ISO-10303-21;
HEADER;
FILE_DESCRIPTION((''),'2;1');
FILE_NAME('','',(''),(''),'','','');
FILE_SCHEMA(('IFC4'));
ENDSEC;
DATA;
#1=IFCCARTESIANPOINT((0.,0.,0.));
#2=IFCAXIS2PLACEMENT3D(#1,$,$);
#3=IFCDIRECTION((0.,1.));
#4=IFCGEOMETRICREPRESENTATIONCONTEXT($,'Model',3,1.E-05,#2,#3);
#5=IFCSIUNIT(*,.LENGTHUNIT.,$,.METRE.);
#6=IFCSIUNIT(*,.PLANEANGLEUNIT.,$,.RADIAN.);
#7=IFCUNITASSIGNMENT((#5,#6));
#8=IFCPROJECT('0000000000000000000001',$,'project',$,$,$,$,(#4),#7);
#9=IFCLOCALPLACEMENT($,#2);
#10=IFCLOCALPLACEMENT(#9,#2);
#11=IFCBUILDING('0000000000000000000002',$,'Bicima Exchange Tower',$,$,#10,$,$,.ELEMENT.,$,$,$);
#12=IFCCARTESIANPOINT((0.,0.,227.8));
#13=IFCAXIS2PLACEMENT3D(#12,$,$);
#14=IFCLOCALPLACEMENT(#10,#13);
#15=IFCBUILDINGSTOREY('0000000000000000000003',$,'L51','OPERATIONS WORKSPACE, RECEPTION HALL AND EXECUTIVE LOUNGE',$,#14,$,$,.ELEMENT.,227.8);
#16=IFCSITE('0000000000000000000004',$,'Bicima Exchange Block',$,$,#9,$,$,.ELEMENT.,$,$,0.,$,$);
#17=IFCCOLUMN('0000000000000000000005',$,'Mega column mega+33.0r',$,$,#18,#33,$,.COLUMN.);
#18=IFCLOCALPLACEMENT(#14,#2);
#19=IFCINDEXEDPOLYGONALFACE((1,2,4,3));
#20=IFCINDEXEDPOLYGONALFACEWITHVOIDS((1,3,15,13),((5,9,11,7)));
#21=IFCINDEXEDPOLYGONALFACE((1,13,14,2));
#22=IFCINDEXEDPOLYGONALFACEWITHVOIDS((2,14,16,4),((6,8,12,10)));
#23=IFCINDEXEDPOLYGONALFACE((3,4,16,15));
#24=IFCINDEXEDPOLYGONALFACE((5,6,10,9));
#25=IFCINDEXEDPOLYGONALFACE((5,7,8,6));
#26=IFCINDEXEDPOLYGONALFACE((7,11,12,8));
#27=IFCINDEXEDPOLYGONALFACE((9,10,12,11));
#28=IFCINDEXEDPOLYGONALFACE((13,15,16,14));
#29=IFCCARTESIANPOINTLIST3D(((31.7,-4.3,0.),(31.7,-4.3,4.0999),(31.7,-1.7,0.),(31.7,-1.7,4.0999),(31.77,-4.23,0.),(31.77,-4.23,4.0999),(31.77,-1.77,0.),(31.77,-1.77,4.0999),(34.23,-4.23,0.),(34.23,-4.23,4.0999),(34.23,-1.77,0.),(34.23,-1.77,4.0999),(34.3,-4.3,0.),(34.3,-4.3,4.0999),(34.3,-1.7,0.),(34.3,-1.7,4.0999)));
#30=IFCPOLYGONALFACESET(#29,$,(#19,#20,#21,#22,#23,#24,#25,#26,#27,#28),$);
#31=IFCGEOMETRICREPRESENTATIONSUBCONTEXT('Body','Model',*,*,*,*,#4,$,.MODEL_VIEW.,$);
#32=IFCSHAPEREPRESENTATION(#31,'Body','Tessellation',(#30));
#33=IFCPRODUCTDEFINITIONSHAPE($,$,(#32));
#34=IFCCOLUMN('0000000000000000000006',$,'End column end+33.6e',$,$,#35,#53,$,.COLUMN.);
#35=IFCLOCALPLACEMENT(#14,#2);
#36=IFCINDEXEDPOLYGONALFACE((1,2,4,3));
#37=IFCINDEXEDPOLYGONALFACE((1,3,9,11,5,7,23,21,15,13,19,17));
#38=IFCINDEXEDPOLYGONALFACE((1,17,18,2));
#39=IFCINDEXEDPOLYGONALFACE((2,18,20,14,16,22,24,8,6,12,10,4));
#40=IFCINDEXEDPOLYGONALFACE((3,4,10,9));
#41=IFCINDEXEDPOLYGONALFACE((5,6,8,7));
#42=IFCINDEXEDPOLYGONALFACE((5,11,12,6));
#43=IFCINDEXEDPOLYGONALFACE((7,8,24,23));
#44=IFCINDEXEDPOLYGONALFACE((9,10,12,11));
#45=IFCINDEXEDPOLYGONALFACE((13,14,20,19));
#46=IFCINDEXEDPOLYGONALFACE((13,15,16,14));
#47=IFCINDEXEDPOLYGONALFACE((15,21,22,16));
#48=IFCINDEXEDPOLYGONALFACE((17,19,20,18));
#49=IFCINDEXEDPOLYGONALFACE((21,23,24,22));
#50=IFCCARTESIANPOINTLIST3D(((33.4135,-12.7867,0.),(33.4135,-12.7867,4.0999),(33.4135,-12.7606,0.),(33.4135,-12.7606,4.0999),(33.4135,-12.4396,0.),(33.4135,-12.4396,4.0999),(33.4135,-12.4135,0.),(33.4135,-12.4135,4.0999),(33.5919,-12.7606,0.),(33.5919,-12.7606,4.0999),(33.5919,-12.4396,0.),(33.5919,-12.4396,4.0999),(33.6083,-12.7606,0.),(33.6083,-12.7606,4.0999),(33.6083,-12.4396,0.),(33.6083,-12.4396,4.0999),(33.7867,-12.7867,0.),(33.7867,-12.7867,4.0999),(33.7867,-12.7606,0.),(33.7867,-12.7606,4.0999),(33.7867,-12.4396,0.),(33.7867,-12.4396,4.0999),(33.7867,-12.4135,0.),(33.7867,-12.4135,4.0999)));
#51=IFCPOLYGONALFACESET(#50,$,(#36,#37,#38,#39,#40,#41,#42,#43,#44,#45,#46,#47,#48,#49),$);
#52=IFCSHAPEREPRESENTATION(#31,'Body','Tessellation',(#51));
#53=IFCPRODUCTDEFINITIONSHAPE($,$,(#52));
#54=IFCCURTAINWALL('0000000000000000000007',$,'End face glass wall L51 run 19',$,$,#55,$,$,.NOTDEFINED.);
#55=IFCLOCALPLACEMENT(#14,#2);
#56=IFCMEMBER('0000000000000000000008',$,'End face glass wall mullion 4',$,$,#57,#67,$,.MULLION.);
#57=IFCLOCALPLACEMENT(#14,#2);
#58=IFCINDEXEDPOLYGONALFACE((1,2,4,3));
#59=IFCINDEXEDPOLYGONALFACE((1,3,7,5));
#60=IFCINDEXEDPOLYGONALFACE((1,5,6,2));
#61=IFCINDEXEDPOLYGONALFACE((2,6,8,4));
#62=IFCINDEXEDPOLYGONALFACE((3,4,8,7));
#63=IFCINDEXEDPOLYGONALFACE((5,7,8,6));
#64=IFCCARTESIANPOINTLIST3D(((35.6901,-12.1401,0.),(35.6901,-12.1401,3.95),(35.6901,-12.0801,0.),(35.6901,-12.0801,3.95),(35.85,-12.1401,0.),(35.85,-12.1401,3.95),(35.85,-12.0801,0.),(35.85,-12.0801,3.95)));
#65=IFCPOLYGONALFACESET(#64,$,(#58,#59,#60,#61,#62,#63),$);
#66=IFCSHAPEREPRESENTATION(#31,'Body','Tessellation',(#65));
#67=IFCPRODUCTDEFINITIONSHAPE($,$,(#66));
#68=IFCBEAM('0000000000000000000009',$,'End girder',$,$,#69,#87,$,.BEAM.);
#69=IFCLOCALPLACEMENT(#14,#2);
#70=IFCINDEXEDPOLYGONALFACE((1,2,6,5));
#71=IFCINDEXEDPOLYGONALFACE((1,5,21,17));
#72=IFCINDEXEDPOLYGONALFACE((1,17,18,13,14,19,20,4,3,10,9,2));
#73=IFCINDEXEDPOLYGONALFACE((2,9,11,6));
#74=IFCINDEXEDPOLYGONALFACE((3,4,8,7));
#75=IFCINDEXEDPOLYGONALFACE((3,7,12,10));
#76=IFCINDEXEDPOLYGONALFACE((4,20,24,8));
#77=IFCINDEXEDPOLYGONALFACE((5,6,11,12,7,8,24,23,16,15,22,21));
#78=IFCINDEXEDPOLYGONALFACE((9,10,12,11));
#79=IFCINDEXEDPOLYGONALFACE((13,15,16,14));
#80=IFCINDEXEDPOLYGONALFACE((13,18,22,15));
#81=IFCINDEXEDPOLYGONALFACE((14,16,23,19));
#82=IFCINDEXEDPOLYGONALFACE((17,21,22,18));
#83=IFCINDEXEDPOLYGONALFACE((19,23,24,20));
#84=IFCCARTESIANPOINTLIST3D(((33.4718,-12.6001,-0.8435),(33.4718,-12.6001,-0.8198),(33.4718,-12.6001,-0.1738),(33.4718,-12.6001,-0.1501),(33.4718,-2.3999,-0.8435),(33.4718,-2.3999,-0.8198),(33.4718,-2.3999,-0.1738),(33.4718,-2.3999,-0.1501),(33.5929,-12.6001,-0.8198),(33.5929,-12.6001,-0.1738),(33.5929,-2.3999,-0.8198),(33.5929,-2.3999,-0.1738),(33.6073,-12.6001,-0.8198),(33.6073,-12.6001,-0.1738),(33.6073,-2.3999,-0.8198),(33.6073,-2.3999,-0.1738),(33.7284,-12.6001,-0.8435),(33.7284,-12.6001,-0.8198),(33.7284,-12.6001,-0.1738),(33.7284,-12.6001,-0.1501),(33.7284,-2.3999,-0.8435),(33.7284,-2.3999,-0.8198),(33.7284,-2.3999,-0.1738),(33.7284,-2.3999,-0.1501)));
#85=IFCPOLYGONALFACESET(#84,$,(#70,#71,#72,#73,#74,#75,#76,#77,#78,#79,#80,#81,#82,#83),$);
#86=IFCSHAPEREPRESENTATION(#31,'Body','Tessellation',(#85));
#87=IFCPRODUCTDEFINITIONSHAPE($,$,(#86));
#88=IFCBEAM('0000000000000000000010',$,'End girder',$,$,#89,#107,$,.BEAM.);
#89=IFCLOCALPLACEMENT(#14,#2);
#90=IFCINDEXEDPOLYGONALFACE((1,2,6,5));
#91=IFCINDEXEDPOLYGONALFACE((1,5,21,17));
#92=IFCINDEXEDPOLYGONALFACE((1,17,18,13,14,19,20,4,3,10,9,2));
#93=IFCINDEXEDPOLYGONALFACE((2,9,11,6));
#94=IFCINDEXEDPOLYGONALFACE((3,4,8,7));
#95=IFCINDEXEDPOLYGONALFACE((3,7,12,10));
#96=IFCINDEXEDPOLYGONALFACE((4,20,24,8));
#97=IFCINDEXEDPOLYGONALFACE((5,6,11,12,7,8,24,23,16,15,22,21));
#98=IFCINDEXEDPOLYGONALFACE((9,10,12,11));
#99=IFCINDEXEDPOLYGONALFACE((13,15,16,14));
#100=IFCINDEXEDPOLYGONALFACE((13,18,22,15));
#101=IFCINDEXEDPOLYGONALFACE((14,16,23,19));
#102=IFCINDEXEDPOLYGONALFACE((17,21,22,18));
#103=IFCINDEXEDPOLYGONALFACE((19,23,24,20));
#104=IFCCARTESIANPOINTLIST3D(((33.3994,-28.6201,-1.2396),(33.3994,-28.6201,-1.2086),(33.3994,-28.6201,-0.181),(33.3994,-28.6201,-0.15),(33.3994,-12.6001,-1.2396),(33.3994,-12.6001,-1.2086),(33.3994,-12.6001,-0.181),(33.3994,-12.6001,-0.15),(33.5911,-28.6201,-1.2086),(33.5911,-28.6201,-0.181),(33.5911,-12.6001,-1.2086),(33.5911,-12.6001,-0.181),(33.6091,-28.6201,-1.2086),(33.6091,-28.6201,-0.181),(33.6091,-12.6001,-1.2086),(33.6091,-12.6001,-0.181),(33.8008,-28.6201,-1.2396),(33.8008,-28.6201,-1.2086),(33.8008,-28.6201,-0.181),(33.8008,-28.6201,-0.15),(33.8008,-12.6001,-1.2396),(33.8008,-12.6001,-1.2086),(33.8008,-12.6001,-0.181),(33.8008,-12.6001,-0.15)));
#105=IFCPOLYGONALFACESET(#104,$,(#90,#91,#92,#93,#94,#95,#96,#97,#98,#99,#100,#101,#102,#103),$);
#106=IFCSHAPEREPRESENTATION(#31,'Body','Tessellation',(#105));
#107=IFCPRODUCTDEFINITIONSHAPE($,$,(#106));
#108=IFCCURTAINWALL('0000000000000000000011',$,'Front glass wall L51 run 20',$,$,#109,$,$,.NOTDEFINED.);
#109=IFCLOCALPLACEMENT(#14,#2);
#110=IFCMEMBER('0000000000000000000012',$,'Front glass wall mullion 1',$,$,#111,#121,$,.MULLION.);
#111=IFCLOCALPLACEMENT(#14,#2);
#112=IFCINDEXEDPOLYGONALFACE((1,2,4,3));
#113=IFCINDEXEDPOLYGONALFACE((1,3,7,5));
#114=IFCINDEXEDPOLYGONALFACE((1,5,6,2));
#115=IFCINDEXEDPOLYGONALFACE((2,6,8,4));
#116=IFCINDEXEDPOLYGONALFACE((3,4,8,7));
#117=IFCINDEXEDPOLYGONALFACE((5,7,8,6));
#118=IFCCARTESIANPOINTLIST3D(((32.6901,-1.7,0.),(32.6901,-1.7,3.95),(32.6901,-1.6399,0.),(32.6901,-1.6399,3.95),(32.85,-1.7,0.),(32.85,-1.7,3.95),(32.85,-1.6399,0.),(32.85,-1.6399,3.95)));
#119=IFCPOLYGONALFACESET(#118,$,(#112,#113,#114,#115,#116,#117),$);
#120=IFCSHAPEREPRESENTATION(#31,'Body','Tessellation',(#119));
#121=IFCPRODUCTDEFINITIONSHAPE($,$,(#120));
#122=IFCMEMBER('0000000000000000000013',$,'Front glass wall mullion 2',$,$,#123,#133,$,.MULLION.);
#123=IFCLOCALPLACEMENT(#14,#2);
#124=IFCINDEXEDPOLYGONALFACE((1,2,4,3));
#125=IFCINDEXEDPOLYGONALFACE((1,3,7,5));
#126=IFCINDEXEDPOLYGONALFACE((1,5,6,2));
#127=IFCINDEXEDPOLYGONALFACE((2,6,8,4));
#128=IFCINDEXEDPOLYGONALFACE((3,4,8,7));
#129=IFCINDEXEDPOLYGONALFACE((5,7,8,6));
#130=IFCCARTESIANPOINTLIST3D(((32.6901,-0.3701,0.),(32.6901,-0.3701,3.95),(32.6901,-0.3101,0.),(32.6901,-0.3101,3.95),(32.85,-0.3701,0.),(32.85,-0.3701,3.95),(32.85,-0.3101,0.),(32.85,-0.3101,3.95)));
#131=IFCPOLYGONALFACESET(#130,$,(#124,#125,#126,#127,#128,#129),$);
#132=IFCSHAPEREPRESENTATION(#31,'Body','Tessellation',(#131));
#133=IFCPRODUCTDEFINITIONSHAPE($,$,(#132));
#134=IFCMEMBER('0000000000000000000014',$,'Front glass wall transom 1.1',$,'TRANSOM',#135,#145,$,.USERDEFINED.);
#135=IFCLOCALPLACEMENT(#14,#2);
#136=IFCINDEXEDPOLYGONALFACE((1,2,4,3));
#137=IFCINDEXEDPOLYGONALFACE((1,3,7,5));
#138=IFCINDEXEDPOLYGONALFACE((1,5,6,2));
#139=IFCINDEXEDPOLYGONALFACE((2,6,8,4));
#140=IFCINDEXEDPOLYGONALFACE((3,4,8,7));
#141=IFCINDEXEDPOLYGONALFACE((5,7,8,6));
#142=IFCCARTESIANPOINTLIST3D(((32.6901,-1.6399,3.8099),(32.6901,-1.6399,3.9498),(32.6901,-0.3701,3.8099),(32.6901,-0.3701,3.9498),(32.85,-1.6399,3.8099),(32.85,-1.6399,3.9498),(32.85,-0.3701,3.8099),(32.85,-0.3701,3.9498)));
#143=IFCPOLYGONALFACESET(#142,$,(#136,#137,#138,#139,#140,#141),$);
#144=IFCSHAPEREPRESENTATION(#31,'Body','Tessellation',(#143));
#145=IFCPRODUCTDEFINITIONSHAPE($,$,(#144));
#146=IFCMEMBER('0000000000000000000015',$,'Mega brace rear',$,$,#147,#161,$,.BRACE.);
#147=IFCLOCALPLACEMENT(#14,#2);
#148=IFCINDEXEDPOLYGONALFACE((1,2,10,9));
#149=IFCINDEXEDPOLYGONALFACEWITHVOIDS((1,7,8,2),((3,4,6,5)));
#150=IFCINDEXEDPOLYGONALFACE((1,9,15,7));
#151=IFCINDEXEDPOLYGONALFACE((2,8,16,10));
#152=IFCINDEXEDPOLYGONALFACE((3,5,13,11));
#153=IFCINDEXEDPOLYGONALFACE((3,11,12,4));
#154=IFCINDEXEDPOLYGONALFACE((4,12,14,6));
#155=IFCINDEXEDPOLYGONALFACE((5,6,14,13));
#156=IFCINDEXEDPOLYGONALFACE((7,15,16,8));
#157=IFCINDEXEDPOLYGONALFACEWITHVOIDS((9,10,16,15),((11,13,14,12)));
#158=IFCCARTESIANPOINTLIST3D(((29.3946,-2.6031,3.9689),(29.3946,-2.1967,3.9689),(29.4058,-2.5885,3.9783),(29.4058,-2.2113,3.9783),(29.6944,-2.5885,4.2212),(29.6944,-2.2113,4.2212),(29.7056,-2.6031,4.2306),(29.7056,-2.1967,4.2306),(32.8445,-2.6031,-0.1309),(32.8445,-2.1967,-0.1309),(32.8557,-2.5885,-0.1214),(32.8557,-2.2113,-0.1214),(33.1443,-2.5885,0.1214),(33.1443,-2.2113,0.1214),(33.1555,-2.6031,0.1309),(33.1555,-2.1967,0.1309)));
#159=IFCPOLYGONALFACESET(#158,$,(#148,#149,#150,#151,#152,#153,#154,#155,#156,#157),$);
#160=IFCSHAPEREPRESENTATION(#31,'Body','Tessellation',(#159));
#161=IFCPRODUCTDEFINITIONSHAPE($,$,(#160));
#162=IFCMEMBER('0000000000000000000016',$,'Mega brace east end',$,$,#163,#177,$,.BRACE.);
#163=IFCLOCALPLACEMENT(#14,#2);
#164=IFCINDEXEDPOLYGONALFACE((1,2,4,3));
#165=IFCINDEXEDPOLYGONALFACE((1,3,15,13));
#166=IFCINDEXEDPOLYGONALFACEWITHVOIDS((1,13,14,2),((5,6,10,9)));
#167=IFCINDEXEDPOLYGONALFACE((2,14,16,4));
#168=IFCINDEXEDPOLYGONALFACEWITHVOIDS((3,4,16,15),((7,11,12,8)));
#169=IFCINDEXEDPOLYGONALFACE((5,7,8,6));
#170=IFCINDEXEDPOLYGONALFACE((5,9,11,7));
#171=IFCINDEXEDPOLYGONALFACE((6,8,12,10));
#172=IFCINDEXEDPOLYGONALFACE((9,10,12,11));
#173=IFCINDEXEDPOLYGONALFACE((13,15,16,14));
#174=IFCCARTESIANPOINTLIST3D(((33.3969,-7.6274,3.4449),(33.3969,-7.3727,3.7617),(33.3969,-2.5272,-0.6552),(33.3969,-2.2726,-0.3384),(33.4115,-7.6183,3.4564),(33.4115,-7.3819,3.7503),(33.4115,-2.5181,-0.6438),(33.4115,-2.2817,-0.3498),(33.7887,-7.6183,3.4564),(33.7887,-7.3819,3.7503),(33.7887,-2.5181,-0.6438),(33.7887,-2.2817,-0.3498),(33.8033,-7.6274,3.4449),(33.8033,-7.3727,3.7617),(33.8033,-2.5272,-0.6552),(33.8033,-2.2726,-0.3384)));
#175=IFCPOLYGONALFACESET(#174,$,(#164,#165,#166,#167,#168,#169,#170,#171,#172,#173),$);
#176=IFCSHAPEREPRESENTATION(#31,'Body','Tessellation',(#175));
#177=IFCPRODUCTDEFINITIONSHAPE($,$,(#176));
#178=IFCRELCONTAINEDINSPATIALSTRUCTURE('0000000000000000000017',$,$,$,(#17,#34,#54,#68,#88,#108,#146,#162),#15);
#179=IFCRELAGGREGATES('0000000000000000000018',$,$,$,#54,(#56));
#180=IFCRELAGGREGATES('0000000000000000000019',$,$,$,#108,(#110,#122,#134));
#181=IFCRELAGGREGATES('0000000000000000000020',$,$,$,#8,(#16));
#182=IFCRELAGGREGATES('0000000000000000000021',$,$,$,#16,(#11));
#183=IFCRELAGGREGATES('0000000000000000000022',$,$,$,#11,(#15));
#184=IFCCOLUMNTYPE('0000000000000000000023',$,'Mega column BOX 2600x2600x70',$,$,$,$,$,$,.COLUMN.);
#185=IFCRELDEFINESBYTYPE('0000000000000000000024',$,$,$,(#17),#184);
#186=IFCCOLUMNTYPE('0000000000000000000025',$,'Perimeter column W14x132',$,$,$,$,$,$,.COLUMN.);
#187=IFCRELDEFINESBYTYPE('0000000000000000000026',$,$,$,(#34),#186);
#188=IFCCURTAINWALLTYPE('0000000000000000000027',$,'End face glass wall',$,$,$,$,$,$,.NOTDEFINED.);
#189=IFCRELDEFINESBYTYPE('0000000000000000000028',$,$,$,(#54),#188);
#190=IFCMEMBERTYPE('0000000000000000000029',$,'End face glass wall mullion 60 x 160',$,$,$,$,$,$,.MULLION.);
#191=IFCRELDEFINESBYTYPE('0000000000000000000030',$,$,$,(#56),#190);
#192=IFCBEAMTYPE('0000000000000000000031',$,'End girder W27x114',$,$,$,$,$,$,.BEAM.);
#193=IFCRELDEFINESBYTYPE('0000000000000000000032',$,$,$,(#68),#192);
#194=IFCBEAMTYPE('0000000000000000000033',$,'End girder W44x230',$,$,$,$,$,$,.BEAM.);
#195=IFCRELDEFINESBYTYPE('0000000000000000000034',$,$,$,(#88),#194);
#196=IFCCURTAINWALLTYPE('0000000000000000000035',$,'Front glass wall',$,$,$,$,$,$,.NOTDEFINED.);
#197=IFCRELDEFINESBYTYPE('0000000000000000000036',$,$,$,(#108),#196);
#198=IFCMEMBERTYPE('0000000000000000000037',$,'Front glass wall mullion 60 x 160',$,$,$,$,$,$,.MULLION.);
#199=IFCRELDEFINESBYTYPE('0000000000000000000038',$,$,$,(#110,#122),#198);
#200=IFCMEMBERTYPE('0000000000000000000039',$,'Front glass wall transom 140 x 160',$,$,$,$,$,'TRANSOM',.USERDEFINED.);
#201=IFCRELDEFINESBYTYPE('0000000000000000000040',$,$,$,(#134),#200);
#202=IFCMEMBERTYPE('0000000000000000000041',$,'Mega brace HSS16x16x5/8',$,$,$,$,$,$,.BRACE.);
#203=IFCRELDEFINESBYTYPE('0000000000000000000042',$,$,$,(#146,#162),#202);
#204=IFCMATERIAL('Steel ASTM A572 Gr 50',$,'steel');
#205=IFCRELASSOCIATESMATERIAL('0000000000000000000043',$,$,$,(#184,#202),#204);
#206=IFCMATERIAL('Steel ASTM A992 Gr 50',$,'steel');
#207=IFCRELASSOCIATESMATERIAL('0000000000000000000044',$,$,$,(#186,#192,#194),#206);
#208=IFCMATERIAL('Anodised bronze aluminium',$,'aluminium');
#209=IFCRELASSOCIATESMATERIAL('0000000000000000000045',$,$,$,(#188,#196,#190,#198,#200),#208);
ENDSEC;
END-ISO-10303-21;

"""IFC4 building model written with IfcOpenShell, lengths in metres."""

from ifc_helpers import new_model, si_unit, direction, frame, origin, origin_2d, place, context, subcontext, project, spatial, rectangle, hollow_rectangle, i_section, extrude, material, material_profile, profile_set, type_object, element, aggregate, save


model = new_model("IFC4")

# Units and contexts
model_context = context("Model", 3, precision=1e-05, world=origin(), true_north=direction((0.0, 1.0)))
body_context = subcontext(model_context, "Body", "Model", "MODEL_VIEW")
ifc_project = project(units=[si_unit("LENGTHUNIT", "METRE"), si_unit("PLANEANGLEUNIT", "RADIAN")], contexts=[model_context])

# Site, building, storey
site_placement = place(None, origin())
site = spatial("IfcSite", under=ifc_project, at=site_placement, Name="Bicima Exchange Block", CompositionType="ELEMENT", RefElevation=0.0)
building_placement = place(site_placement, origin())
building = spatial("IfcBuilding", under=site, at=building_placement, Name="Bicima Exchange Tower", CompositionType="ELEMENT")
storey_placement = place(building_placement, frame((0.0, 0.0, 227.8)))
storey = spatial("IfcBuildingStorey", under=building, at=storey_placement, Name="L51", Description="OPERATIONS WORKSPACE, RECEPTION HALL AND EXECUTIVE LOUNGE", CompositionType="ELEMENT", Elevation=227.8)

# Columns
ifc_material_1 = material(Name="Steel ASTM A572 Gr 50", Category="steel")
ifc_material_profile_1 = material_profile(ifc_material_1, hollow_rectangle(XDim=2.6001, YDim=2.6001, WallThickness=0.0701, at=origin_2d()))
ifc_profile_set_1 = profile_set([ifc_material_profile_1], Name="Steel ASTM A572 Gr 50")
column_type_1 = type_object("IfcColumnType", Name="Mega column BOX 2600x2600x70", PredefinedType="COLUMN", material=ifc_profile_set_1)
column_1_placement = place(storey_placement, frame((33.0, -3.0, 0.0), z_axis=(0.0, 0.0, 1.0), x_axis=(1.0, 0.0, 0.0)))
element("IfcColumn", 1, at=column_1_placement, inside=storey, type_object=column_type_1, Name="Mega column mega+33.0r", PredefinedType="COLUMN", context=body_context, shape_type="SweptSolid", body=[
    extrude(hollow_rectangle(XDim=2.6001, YDim=2.6001, WallThickness=0.0701, at=origin_2d()), origin(), (0.0, 0.0, 1.0), 4.0999),
])
ifc_material_2 = material(Name="Steel ASTM A992 Gr 50", Category="steel")
ifc_material_profile_2 = material_profile(ifc_material_2, i_section(OverallWidth=0.3733, OverallDepth=0.3733, WebThickness=0.0164, FlangeThickness=0.0261, at=origin_2d()))
ifc_profile_set_2 = profile_set([ifc_material_profile_2], Name="Steel ASTM A992 Gr 50")
column_type_2 = type_object("IfcColumnType", Name="Perimeter column W14x132", PredefinedType="COLUMN", material=ifc_profile_set_2)
column_2_placement = place(storey_placement, frame((33.6001, -12.6001, 0.0), z_axis=(0.0, 0.0, 1.0), x_axis=(1.0, 0.0, 0.0)))
element("IfcColumn", 2, at=column_2_placement, inside=storey, type_object=column_type_2, Name="End column end+33.6e", PredefinedType="COLUMN", context=body_context, shape_type="SweptSolid", body=[
    extrude(i_section(OverallWidth=0.3733, OverallDepth=0.3733, WebThickness=0.0164, FlangeThickness=0.0261, at=origin_2d()), origin(), (0.0, 0.0, 1.0), 4.0999),
])

# Curtain wall, member
ifc_material_3 = material(Name="Anodised bronze aluminium", Category="aluminium")
curtain_wall_type_1 = type_object("IfcCurtainWallType", Name="End face glass wall", PredefinedType="NOTDEFINED", material=ifc_material_3)
curtain_wall_1_placement = place(storey_placement, origin())
curtain_wall_1 = element("IfcCurtainWall", 3, at=curtain_wall_1_placement, inside=storey, type_object=curtain_wall_type_1, Name="End face glass wall L51 run 19", PredefinedType="NOTDEFINED")
ifc_material_profile_3 = material_profile(ifc_material_3, rectangle(XDim=0.1599, YDim=0.0601, at=origin_2d()))
ifc_profile_set_3 = profile_set([ifc_material_profile_3], Name="Anodised bronze aluminium")
member_type_1 = type_object("IfcMemberType", Name="End face glass wall mullion 60 x 160", PredefinedType="MULLION", material=ifc_profile_set_3)
member_1_placement = place(storey_placement, frame((35.77, -12.1101, 0.0), z_axis=(0.0, 0.0, 1.0), x_axis=(-1.0, 0.0, 0.0)))
member_1 = element("IfcMember", 4, at=member_1_placement, type_object=member_type_1, Name="End face glass wall mullion 4", PredefinedType="MULLION", context=body_context, shape_type="SweptSolid", body=[
    extrude(rectangle(XDim=0.1599, YDim=0.0601, at=origin_2d()), origin(), (0.0, 0.0, 1.0), 3.95),
])
aggregate(curtain_wall_1, [member_1])

# Beams
ifc_material_profile_4 = material_profile(ifc_material_2, i_section(OverallWidth=0.2566, OverallDepth=0.6934, WebThickness=0.0144, FlangeThickness=0.0237, at=origin_2d()))
ifc_profile_set_4 = profile_set([ifc_material_profile_4], Name="Steel ASTM A992 Gr 50")
beam_type_1 = type_object("IfcBeamType", Name="End girder W27x114", PredefinedType="BEAM", material=ifc_profile_set_4)
beam_1_placement = place(storey_placement, frame((33.6001, -2.3999, -0.4968), z_axis=(0.0, -1.0, 0.0), x_axis=(1.0, 0.0, 0.0)))
element("IfcBeam", 5, at=beam_1_placement, inside=storey, type_object=beam_type_1, Name="End girder", PredefinedType="BEAM", context=body_context, shape_type="SweptSolid", body=[
    extrude(i_section(OverallWidth=0.2566, OverallDepth=0.6934, WebThickness=0.0144, FlangeThickness=0.0237, at=origin_2d()), origin(), (0.0, 0.0, 1.0), 10.2002),
])
ifc_material_profile_5 = material_profile(ifc_material_2, i_section(OverallWidth=0.4014, OverallDepth=1.0896, WebThickness=0.0181, FlangeThickness=0.031, at=origin_2d()))
ifc_profile_set_5 = profile_set([ifc_material_profile_5], Name="Steel ASTM A992 Gr 50")
beam_type_2 = type_object("IfcBeamType", Name="End girder W44x230", PredefinedType="BEAM", material=ifc_profile_set_5)
beam_2_placement = place(storey_placement, frame((33.6001, -12.6001, -0.6948), z_axis=(0.0, -1.0, 0.0), x_axis=(1.0, 0.0, 0.0)))
element("IfcBeam", 6, at=beam_2_placement, inside=storey, type_object=beam_type_2, Name="End girder", PredefinedType="BEAM", context=body_context, shape_type="SweptSolid", body=[
    extrude(i_section(OverallWidth=0.4014, OverallDepth=1.0896, WebThickness=0.0181, FlangeThickness=0.031, at=origin_2d()), origin(), (0.0, 0.0, 1.0), 16.02),
])

# Curtain wall, members
curtain_wall_type_2 = type_object("IfcCurtainWallType", Name="Front glass wall", PredefinedType="NOTDEFINED", material=ifc_material_3)
curtain_wall_2_placement = place(storey_placement, origin())
curtain_wall_2 = element("IfcCurtainWall", 7, at=curtain_wall_2_placement, inside=storey, type_object=curtain_wall_type_2, Name="Front glass wall L51 run 20", PredefinedType="NOTDEFINED")
member_type_2 = type_object("IfcMemberType", Name="Front glass wall mullion 60 x 160", PredefinedType="MULLION", material=ifc_profile_set_3)
member_2_placement = place(storey_placement, frame((32.77, -1.6699, 0.0), z_axis=(0.0, 0.0, 1.0), x_axis=(-1.0, 0.0, 0.0)))
member_2 = element("IfcMember", 8, at=member_2_placement, type_object=member_type_2, Name="Front glass wall mullion 1", PredefinedType="MULLION", context=body_context, shape_type="SweptSolid", body=[
    extrude(rectangle(XDim=0.1599, YDim=0.0601, at=origin_2d()), origin(), (0.0, 0.0, 1.0), 3.95),
])
member_3_placement = place(storey_placement, frame((32.77, -0.3401, 0.0), z_axis=(0.0, 0.0, 1.0), x_axis=(-1.0, 0.0, 0.0)))
member_3 = element("IfcMember", 9, at=member_3_placement, type_object=member_type_2, Name="Front glass wall mullion 2", PredefinedType="MULLION", context=body_context, shape_type="SweptSolid", body=[
    extrude(rectangle(XDim=0.1599, YDim=0.0601, at=origin_2d()), origin(), (0.0, 0.0, 1.0), 3.95),
])
ifc_material_profile_6 = material_profile(ifc_material_3, rectangle(XDim=0.1599, YDim=0.1399, at=origin_2d()))
ifc_profile_set_6 = profile_set([ifc_material_profile_6], Name="Anodised bronze aluminium")
member_type_3 = type_object("IfcMemberType", Name="Front glass wall transom 140 x 160", ElementType="TRANSOM", PredefinedType="USERDEFINED", material=ifc_profile_set_6)
member_4_placement = place(storey_placement, frame((32.77, -1.6399, 3.8799), z_axis=(0.0, 1.0, 0.0), x_axis=(-1.0, 0.0, 0.0)))
member_4 = element("IfcMember", 10, at=member_4_placement, type_object=member_type_3, Name="Front glass wall transom 1.1", ObjectType="TRANSOM", PredefinedType="USERDEFINED", context=body_context, shape_type="SweptSolid", body=[
    extrude(rectangle(XDim=0.1599, YDim=0.1399, at=origin_2d()), origin(), (0.0, 0.0, 1.0), 1.2698),
])

# Members
ifc_material_profile_7 = material_profile(ifc_material_1, hollow_rectangle(XDim=0.4065, YDim=0.4065, WallThickness=0.0146, at=origin_2d()))
ifc_profile_set_7 = profile_set([ifc_material_profile_7], Name="Steel ASTM A572 Gr 50")
member_type_4 = type_object("IfcMemberType", Name="Mega brace HSS16x16x5/8", PredefinedType="BRACE", material=ifc_profile_set_7)
member_5_placement = place(storey_placement, frame((33.0, -2.3999, 0.0), z_axis=(-0.643856, 0.0, 0.765146), x_axis=(0.0, -1.0, 0.0)))
element("IfcMember", 11, at=member_5_placement, inside=storey, type_object=member_type_4, Name="Mega brace rear", PredefinedType="BRACE", context=body_context, shape_type="SweptSolid", body=[
    extrude(hollow_rectangle(XDim=0.4065, YDim=0.4065, WallThickness=0.0146, at=origin_2d()), origin(), (0.0, 0.0, 1.0), 5.3582),
])
for number, where, z_axis, x_axis, name in (
    (12, (33.6001, -2.3999, -0.4968), (0.0, -0.779374, 0.626559), (1.0, 0.0, 0.0), "Mega brace east end"),
):
    element("IfcMember", number, at=place(storey_placement, frame(where, z_axis=z_axis, x_axis=x_axis)), inside=storey, type_object=member_type_4, Name=name, PredefinedType="BRACE", context=body_context, shape_type="SweptSolid", body=[
        extrude(hollow_rectangle(XDim=0.4065, YDim=0.4065, WallThickness=0.0146, at=origin_2d()), origin(), (0.0, 0.0, 1.0), 6.5439),
    ])

aggregate(curtain_wall_2, [member_2, member_3, member_4])

save(model, "model.ifc")
